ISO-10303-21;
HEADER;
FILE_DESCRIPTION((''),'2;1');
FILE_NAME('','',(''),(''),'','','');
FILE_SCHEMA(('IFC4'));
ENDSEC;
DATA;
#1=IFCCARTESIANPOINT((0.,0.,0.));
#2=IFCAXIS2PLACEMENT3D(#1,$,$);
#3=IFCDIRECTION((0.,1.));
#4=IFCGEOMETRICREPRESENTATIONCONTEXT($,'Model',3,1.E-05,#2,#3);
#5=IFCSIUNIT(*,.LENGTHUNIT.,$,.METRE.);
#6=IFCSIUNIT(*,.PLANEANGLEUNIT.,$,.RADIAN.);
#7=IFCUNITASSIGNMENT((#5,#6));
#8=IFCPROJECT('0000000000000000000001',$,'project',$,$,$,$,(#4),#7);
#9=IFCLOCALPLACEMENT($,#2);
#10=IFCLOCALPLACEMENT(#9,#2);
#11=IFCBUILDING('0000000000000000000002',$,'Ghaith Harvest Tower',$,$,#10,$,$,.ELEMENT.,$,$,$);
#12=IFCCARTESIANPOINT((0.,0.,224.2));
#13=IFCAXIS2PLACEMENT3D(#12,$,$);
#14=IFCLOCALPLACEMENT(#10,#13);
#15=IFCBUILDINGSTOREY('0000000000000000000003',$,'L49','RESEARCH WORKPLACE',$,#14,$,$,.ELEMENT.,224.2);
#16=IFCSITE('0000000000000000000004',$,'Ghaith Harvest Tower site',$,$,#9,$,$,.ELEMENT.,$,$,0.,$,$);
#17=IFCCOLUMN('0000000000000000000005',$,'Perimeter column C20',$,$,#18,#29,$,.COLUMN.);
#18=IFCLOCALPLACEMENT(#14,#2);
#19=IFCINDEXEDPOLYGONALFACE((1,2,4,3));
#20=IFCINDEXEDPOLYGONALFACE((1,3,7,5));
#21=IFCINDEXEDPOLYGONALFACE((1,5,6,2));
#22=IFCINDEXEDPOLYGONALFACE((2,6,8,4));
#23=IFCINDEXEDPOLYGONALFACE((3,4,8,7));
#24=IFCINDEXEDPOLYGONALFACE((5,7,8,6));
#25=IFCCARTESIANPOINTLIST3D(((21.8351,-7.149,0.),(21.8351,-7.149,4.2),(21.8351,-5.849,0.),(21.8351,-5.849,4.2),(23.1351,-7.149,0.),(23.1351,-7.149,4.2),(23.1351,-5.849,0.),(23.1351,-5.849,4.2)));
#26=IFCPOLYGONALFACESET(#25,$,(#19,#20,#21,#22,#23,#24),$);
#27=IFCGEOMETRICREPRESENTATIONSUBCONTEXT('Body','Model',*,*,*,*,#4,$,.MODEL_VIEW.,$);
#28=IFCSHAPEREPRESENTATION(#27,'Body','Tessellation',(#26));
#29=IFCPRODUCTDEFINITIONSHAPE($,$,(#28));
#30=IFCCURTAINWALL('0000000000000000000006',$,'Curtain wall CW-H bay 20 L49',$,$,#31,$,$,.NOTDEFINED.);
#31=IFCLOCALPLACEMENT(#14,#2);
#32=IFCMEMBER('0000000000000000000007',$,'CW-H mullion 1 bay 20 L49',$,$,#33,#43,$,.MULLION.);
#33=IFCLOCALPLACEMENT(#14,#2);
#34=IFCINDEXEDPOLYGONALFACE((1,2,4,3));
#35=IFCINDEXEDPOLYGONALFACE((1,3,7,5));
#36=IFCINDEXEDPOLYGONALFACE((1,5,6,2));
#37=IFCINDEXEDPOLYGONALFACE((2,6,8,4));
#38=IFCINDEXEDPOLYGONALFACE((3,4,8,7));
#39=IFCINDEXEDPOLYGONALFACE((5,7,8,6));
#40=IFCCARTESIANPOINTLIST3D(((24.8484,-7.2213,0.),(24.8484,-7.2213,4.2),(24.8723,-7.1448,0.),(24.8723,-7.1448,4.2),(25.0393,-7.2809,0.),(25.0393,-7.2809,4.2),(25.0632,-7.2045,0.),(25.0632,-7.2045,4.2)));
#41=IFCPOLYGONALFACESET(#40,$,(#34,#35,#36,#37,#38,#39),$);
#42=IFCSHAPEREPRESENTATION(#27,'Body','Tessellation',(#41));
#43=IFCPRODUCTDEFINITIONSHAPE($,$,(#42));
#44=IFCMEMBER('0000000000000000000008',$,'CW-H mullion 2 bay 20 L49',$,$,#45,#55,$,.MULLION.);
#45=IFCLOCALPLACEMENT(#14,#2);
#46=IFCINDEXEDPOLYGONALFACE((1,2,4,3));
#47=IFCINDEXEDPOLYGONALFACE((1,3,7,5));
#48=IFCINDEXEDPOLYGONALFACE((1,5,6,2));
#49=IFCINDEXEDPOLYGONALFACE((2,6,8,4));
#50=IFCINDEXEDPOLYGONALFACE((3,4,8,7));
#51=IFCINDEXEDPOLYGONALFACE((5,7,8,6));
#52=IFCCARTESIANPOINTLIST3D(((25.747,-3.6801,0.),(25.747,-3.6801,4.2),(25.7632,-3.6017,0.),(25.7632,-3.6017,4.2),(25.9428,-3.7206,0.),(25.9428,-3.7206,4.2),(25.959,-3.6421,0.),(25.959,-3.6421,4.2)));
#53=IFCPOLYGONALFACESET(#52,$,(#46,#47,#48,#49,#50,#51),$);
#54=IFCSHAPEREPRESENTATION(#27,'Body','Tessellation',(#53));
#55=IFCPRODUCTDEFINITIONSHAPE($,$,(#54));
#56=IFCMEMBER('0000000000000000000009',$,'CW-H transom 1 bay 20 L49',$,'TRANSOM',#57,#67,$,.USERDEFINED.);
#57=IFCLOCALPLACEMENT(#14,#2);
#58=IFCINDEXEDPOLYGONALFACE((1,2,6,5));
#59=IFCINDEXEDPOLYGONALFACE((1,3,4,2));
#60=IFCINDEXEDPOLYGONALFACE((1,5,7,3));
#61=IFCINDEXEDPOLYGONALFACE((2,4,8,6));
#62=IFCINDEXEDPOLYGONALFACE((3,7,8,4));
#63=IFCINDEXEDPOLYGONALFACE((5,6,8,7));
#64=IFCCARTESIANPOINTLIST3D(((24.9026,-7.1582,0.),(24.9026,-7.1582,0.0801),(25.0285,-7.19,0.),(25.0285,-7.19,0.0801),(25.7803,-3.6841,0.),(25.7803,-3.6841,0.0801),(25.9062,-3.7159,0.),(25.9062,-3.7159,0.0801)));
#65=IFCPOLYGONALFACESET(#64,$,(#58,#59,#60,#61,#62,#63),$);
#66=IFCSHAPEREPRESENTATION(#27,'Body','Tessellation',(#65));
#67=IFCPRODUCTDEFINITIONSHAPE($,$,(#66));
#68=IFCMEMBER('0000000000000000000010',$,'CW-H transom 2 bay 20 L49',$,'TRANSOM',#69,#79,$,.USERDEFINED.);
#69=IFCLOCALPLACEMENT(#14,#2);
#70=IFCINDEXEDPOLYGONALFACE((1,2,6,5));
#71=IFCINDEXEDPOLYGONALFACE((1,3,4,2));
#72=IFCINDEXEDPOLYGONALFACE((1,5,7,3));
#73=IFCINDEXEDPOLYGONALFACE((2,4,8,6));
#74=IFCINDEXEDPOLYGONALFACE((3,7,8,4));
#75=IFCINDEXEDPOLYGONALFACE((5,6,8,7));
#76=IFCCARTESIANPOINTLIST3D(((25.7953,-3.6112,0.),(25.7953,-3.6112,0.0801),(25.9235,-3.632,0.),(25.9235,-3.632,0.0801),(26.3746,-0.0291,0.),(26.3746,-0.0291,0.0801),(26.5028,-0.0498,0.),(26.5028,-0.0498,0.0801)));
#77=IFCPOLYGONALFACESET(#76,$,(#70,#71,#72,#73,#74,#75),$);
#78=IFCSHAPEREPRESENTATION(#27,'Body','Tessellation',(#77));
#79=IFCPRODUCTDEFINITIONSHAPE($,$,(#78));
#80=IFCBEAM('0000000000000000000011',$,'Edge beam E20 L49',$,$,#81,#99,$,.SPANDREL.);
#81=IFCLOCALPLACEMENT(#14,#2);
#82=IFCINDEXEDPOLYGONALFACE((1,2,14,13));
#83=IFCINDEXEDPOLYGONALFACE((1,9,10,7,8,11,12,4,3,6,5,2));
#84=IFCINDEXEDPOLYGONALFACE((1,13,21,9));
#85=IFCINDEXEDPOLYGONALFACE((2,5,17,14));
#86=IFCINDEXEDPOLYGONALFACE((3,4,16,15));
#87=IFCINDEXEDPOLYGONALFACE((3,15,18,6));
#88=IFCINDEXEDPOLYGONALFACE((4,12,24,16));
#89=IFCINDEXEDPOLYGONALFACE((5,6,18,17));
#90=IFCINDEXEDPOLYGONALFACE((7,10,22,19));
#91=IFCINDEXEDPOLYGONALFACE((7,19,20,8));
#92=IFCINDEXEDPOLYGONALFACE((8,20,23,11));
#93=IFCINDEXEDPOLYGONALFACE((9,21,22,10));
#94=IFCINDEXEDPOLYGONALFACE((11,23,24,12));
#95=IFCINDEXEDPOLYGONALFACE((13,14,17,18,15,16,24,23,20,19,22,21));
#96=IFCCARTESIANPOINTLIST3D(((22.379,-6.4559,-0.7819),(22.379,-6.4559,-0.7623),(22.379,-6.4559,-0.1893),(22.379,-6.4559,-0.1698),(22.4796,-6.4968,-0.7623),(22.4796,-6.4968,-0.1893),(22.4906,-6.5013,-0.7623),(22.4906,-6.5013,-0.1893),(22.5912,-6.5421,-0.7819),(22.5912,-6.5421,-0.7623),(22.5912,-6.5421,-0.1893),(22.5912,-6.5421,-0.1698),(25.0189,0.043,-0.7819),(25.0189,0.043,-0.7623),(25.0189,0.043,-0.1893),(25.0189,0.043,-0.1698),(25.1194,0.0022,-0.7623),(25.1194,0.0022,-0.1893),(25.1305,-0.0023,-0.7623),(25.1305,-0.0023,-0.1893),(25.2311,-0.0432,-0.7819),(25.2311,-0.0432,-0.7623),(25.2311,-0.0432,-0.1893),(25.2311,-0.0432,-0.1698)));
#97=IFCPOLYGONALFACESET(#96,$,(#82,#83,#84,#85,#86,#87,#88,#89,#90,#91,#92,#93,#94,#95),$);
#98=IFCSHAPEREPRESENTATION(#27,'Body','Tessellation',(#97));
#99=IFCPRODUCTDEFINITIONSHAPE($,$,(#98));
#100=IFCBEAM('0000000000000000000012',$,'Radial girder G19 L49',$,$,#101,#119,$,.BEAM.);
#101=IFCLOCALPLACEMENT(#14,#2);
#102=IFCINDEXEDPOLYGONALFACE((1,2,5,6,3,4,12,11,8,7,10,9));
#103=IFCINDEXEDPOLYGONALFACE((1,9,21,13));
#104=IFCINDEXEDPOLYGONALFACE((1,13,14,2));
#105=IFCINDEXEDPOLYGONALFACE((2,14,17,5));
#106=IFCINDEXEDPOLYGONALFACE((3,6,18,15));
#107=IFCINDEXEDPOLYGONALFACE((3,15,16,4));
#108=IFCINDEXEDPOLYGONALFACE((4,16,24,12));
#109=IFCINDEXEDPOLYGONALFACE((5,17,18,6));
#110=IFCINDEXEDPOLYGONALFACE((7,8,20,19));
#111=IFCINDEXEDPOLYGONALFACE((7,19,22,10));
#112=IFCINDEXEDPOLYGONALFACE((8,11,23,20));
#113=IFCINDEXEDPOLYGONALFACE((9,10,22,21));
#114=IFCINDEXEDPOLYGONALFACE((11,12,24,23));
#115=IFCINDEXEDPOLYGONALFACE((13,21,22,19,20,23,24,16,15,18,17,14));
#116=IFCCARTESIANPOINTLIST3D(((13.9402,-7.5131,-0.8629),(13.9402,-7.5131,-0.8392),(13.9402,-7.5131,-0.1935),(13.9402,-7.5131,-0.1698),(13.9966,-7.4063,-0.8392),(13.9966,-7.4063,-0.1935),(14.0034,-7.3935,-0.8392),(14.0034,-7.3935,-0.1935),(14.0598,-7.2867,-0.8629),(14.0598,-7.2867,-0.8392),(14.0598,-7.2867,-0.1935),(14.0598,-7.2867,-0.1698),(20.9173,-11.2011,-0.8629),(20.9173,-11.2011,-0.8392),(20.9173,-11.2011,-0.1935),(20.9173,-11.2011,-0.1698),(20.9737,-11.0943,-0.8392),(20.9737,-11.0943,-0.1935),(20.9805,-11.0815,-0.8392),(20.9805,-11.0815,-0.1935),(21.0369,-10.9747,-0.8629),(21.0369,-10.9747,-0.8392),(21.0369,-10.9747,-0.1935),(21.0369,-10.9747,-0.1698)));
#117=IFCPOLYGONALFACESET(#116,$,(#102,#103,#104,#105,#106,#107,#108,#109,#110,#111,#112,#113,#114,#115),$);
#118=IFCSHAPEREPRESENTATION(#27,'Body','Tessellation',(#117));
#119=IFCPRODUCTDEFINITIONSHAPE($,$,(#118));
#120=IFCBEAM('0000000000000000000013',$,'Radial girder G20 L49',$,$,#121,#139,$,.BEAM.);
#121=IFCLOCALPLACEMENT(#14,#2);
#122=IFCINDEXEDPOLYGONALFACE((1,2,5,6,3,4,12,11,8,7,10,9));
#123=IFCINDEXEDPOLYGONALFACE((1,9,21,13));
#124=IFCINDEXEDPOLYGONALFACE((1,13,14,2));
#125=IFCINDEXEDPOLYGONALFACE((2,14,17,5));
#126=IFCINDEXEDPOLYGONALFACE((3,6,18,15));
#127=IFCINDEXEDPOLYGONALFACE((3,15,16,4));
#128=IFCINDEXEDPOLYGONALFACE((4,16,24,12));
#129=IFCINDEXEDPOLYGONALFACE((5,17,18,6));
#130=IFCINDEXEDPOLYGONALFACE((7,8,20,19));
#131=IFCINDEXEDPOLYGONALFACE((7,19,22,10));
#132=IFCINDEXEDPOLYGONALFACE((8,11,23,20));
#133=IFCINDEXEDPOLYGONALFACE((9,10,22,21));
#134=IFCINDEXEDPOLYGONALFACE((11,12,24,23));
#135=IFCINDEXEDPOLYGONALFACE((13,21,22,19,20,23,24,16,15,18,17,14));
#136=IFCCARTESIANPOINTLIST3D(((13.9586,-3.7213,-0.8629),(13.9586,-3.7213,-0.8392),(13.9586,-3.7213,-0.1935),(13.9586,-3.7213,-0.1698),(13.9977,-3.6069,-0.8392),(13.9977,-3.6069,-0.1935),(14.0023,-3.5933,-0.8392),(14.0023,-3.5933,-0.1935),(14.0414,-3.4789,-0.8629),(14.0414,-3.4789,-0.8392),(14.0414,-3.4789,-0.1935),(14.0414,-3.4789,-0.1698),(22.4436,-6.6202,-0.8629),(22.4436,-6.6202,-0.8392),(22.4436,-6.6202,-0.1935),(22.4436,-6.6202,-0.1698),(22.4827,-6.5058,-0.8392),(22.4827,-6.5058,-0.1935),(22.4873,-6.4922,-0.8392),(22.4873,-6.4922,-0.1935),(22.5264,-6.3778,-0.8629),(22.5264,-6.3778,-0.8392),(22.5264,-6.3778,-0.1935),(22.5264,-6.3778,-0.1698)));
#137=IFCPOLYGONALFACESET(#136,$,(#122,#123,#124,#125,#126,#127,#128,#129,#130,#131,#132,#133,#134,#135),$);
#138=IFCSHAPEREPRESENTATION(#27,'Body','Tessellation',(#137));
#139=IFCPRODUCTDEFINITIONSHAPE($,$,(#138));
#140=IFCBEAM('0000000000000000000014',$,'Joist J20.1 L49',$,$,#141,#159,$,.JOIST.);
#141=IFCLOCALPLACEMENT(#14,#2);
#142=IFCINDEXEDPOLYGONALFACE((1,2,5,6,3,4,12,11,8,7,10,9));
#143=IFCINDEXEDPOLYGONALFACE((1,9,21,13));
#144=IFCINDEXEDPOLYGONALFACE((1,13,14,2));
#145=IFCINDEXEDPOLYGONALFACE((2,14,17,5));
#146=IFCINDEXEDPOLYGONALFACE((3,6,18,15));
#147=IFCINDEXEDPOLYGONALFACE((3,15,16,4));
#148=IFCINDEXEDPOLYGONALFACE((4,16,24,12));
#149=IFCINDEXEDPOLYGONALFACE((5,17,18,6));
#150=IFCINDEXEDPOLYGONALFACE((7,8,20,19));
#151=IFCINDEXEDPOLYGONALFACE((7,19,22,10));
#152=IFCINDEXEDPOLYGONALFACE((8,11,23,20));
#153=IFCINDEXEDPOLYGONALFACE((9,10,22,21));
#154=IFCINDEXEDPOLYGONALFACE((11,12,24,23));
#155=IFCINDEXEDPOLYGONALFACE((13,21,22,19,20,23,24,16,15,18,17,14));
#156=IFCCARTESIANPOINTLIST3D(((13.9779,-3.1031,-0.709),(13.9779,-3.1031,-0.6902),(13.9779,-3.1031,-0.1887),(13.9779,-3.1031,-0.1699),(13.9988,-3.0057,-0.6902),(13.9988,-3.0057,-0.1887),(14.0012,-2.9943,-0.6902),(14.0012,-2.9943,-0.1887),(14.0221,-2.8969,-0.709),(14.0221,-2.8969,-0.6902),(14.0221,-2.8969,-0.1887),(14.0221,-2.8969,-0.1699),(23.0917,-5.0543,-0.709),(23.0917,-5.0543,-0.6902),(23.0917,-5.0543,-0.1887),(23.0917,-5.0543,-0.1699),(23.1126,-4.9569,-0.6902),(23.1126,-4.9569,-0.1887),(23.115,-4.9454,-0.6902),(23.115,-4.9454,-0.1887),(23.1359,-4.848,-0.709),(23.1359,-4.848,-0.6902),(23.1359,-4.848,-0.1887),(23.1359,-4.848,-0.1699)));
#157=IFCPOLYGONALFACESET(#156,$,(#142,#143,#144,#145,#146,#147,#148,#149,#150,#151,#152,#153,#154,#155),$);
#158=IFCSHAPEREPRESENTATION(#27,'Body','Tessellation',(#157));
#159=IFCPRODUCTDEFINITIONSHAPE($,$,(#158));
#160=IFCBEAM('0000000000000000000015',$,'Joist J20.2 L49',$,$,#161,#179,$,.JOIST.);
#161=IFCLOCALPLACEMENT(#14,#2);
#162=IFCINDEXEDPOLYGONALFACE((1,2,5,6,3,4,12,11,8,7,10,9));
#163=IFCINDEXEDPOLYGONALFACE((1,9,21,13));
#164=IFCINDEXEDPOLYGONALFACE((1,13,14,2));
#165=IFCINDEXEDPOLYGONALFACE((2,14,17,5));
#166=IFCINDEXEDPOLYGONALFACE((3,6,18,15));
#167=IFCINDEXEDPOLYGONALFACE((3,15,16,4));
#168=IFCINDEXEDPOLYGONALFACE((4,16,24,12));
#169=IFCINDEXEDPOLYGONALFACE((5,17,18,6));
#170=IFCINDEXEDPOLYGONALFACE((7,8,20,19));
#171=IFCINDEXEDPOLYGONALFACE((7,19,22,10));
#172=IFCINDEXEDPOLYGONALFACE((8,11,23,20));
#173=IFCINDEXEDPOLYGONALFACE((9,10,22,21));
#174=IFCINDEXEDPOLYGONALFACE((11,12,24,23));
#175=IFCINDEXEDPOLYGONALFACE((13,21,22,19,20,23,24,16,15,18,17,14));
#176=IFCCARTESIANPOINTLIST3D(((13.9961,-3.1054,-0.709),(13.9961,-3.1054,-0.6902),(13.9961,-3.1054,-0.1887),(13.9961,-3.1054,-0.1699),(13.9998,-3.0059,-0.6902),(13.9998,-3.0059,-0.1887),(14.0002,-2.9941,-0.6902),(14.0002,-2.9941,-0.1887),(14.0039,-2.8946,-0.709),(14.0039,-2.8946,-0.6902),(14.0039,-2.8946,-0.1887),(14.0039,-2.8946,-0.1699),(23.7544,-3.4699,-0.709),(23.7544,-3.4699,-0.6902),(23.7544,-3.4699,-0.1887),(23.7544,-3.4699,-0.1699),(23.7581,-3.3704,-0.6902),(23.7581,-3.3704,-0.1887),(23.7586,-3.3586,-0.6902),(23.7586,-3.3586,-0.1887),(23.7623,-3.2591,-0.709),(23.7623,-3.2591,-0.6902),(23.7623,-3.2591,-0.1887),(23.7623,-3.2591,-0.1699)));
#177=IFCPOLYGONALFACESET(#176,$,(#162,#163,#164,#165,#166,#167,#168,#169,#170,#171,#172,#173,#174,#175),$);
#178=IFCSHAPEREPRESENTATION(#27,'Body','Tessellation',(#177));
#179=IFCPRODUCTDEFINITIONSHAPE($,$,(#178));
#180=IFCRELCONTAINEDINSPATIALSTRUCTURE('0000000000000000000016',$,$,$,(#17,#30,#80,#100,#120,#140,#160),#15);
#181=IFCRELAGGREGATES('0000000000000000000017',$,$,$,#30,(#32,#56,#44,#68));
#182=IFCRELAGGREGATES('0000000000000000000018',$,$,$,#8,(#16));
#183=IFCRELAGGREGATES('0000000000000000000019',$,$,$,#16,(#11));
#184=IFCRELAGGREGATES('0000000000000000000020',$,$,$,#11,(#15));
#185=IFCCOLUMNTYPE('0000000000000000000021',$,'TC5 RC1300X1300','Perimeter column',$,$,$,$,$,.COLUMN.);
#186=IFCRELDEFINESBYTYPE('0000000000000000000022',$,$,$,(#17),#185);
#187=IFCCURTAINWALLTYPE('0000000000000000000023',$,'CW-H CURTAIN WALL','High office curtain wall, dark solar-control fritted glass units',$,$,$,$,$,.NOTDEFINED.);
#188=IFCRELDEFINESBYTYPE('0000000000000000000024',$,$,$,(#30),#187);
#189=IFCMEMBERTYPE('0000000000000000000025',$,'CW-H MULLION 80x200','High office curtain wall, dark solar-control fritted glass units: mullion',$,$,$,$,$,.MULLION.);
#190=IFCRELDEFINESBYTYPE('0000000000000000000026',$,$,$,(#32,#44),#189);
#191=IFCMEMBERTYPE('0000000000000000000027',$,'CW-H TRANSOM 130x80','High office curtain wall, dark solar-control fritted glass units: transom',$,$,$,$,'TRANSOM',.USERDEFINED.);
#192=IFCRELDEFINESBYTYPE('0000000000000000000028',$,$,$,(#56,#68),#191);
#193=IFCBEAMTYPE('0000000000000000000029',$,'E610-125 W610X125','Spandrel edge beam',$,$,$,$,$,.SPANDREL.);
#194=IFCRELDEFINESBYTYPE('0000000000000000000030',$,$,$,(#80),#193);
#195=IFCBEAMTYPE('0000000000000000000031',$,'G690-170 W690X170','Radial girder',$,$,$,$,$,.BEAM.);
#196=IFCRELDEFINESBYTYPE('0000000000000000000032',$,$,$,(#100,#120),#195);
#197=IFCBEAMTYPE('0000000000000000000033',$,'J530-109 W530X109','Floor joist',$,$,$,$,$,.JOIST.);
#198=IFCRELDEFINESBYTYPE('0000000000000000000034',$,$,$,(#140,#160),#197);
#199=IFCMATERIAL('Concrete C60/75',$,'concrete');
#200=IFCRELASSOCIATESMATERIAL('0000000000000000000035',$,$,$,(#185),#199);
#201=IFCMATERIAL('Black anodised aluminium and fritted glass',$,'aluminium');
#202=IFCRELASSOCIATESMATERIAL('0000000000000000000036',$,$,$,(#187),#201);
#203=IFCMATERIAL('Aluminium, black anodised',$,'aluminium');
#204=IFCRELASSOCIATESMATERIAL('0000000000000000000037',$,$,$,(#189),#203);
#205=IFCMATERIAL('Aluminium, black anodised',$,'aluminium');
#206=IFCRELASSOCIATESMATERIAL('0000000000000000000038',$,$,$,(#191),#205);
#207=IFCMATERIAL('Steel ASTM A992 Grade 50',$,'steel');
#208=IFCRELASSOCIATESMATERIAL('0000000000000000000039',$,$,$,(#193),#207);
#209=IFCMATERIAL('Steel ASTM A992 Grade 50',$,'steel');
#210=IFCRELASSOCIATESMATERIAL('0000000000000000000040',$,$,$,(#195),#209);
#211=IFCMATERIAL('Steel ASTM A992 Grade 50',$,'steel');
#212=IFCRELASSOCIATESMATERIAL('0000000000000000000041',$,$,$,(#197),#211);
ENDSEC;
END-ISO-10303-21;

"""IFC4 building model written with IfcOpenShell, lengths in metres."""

from ifc_helpers import new_model, si_unit, direction, frame, origin, origin_2d, place, context, subcontext, project, spatial, rectangle, i_section, extrude, material, material_profile, profile_set, type_object, element, aggregate, save


model = new_model("IFC4")

# Units and contexts
model_context = context("Model", 3, precision=1e-05, world=origin(), true_north=direction((0.0, 1.0)))
body_context = subcontext(model_context, "Body", "Model", "MODEL_VIEW")
ifc_project = project(units=[si_unit("LENGTHUNIT", "METRE"), si_unit("PLANEANGLEUNIT", "RADIAN")], contexts=[model_context])

# Site, building, storey
site_placement = place(None, origin())
site = spatial("IfcSite", under=ifc_project, at=site_placement, Name="Ghaith Harvest Tower site", CompositionType="ELEMENT", RefElevation=0.0)
building_placement = place(site_placement, origin())
building = spatial("IfcBuilding", under=site, at=building_placement, Name="Ghaith Harvest Tower", CompositionType="ELEMENT")
storey_placement = place(building_placement, frame((0.0, 0.0, 224.2)))
storey = spatial("IfcBuildingStorey", under=building, at=storey_placement, Name="L49", Description="RESEARCH WORKPLACE", CompositionType="ELEMENT", Elevation=224.2)

# Column
ifc_material_1 = material(Name="Concrete C60/75", Category="concrete")
ifc_material_profile_1 = material_profile(ifc_material_1, rectangle(XDim=1.3, YDim=1.3, at=origin_2d()), Name="RC1300X1300")
ifc_profile_set_1 = profile_set([ifc_material_profile_1], Name="Concrete C60/75")
column_type = type_object("IfcColumnType", Name="TC5 RC1300X1300", Description="Perimeter column", PredefinedType="COLUMN", material=ifc_profile_set_1)
column_placement = place(storey_placement, frame((22.4851, -6.499, 0.0), z_axis=(0.0, 0.0, 1.0), x_axis=(1.0, 0.0, 0.0)))
element("IfcColumn", 1, at=column_placement, inside=storey, type_object=column_type, Name="Perimeter column C20", PredefinedType="COLUMN", context=body_context, shape_type="SweptSolid", body=[
    extrude(rectangle(XDim=1.3, YDim=1.3, at=origin_2d()), origin(), (0.0, 0.0, 1.0), 4.2),
])

# Curtain wall, members
ifc_material_2 = material(Name="Black anodised aluminium and fritted glass", Category="aluminium")
curtain_wall_type = type_object("IfcCurtainWallType", Name="CW-H CURTAIN WALL", Description="High office curtain wall, dark solar-control fritted glass units", PredefinedType="NOTDEFINED", material=ifc_material_2)
curtain_wall_1_placement = place(storey_placement, origin())
curtain_wall_1 = element("IfcCurtainWall", 2, at=curtain_wall_1_placement, inside=storey, type_object=curtain_wall_type, Name="Curtain wall CW-H bay 20 L49", PredefinedType="NOTDEFINED")
ifc_material_3 = material(Name="Aluminium, black anodised", Category="aluminium")
ifc_material_profile_2 = material_profile(ifc_material_3, rectangle(XDim=0.0801, YDim=0.2, at=origin_2d()), Name="CW-H MULLION 80x200")
ifc_profile_set_2 = profile_set([ifc_material_profile_2], Name="Aluminium, black anodised")
member_type_1 = type_object("IfcMemberType", Name="CW-H MULLION 80x200", Description="High office curtain wall, dark solar-control fritted glass units: mullion", PredefinedType="MULLION", material=ifc_profile_set_2)
member_1_placement = place(storey_placement, frame((24.9558, -7.2129, 0.0), z_axis=(0.0, 0.0, 1.0), x_axis=(0.298442, 0.954428, 0.0)))
member_1 = element("IfcMember", 3, at=member_1_placement, type_object=member_type_1, Name="CW-H mullion 1 bay 20 L49", PredefinedType="MULLION", context=body_context, shape_type="SweptSolid", body=[
    extrude(rectangle(XDim=0.0801, YDim=0.2, at=origin_2d()), origin(), (0.0, 0.0, 1.0), 4.2),
])
member_2_placement = place(storey_placement, frame((25.853, -3.6611, 0.0), z_axis=(0.0, 0.0, 1.0), x_axis=(0.202192, 0.979346, 0.0)))
member_2 = element("IfcMember", 4, at=member_2_placement, type_object=member_type_1, Name="CW-H mullion 2 bay 20 L49", PredefinedType="MULLION", context=body_context, shape_type="SweptSolid", body=[
    extrude(rectangle(XDim=0.0801, YDim=0.2, at=origin_2d()), origin(), (0.0, 0.0, 1.0), 4.2),
])
ifc_material_4 = material(Name="Aluminium, black anodised", Category="aluminium")
ifc_material_profile_3 = material_profile(ifc_material_4, rectangle(XDim=0.1299, YDim=0.0801, at=origin_2d()), Name="CW-H TRANSOM 130x80")
ifc_profile_set_3 = profile_set([ifc_material_profile_3], Name="Aluminium, black anodised")
member_type_2 = type_object("IfcMemberType", Name="CW-H TRANSOM 130x80", Description="High office curtain wall, dark solar-control fritted glass units: transom", ElementType="TRANSOM", PredefinedType="USERDEFINED", material=ifc_profile_set_3)
member_3_placement = place(storey_placement, frame((24.9656, -7.1741, 0.04), z_axis=(0.24494, 0.969538, 0.0), x_axis=(-0.969538, 0.24494, 0.0)))
member_3 = element("IfcMember", 5, at=member_3_placement, type_object=member_type_2, Name="CW-H transom 1 bay 20 L49", ObjectType="TRANSOM", PredefinedType="USERDEFINED", context=body_context, shape_type="SweptSolid", body=[
    extrude(rectangle(XDim=0.1299, YDim=0.0801, at=origin_2d()), origin(), (0.0, 0.0, 1.0), 3.5833),
])
member_4_placement = place(storey_placement, frame((25.8594, -3.6216, 0.04), z_axis=(0.159662, 0.987172, 0.0), x_axis=(-0.987172, 0.159662, 0.0)))
member_4 = element("IfcMember", 6, at=member_4_placement, type_object=member_type_2, Name="CW-H transom 2 bay 20 L49", ObjectType="TRANSOM", PredefinedType="USERDEFINED", context=body_context, shape_type="SweptSolid", body=[
    extrude(rectangle(XDim=0.1299, YDim=0.0801, at=origin_2d()), origin(), (0.0, 0.0, 1.0), 3.6287),
])

# Beams
ifc_material_5 = material(Name="Steel ASTM A992 Grade 50", Category="steel")
ifc_material_profile_4 = material_profile(ifc_material_5, i_section(OverallWidth=0.229, OverallDepth=0.6121, WebThickness=0.012, FlangeThickness=0.0195, at=origin_2d()), Name="W610X125")
ifc_profile_set_4 = profile_set([ifc_material_profile_4], Name="Steel ASTM A992 Grade 50")
beam_type_1 = type_object("IfcBeamType", Name="E610-125 W610X125", Description="Spandrel edge beam", PredefinedType="SPANDREL", material=ifc_profile_set_4)
beam_1_placement = place(storey_placement, frame((22.4851, -6.499, -0.4758), z_axis=(0.376336, 0.926483, 0.0), x_axis=(-0.926483, 0.376336, 0.0)))
element("IfcBeam", 7, at=beam_1_placement, inside=storey, type_object=beam_type_1, Name="Edge beam E20 L49", PredefinedType="SPANDREL", context=body_context, shape_type="SweptSolid", body=[
    extrude(i_section(OverallWidth=0.229, OverallDepth=0.6121, WebThickness=0.012, FlangeThickness=0.0195, at=origin_2d()), origin(), (0.0, 0.0, 1.0), 7.0146),
])
ifc_material_6 = material(Name="Steel ASTM A992 Grade 50", Category="steel")
ifc_material_profile_5 = material_profile(ifc_material_6, i_section(OverallWidth=0.2561, OverallDepth=0.6931, WebThickness=0.0144, FlangeThickness=0.0237, at=origin_2d()), Name="W690X170")
ifc_profile_set_5 = profile_set([ifc_material_profile_5], Name="Steel ASTM A992 Grade 50")
beam_type_2 = type_object("IfcBeamType", Name="G690-170 W690X170", Description="Radial girder", PredefinedType="BEAM", material=ifc_profile_set_5)
beam_2_placement = place(storey_placement, frame((14.0, -7.3999, -0.5164), z_axis=(0.884089, -0.467319, 0.0), x_axis=(0.467319, 0.884089, 0.0)))
element("IfcBeam", 8, at=beam_2_placement, inside=storey, type_object=beam_type_2, Name="Radial girder G19 L49", PredefinedType="BEAM", context=body_context, shape_type="SweptSolid", body=[
    extrude(i_section(OverallWidth=0.2561, OverallDepth=0.6931, WebThickness=0.0144, FlangeThickness=0.0237, at=origin_2d()), origin(), (0.0, 0.0, 1.0), 7.8918),
])
beam_3_placement = place(storey_placement, frame((14.0, -3.6001, -0.5164), z_axis=(0.946296, -0.323301, 0.0), x_axis=(0.323301, 0.946296, 0.0)))
element("IfcBeam", 9, at=beam_3_placement, inside=storey, type_object=beam_type_2, Name="Radial girder G20 L49", PredefinedType="BEAM", context=body_context, shape_type="SweptSolid", body=[
    extrude(i_section(OverallWidth=0.2561, OverallDepth=0.6931, WebThickness=0.0144, FlangeThickness=0.0237, at=origin_2d()), origin(), (0.0, 0.0, 1.0), 8.9666),
])
ifc_material_7 = material(Name="Steel ASTM A992 Grade 50", Category="steel")
ifc_material_profile_6 = material_profile(ifc_material_7, i_section(OverallWidth=0.2109, OverallDepth=0.5391, WebThickness=0.0117, FlangeThickness=0.0188, at=origin_2d()), Name="W530X109")
ifc_profile_set_6 = profile_set([ifc_material_profile_6], Name="Steel ASTM A992 Grade 50")
beam_type_3 = type_object("IfcBeamType", Name="J530-109 W530X109", Description="Floor joist", PredefinedType="JOIST", material=ifc_profile_set_6)
beam_4_placement = place(storey_placement, frame((14.0, -3.0, -0.4395), z_axis=(0.977841, -0.209347, 0.0), x_axis=(0.209347, 0.977841, 0.0)))
element("IfcBeam", 10, at=beam_4_placement, inside=storey, type_object=beam_type_3, Name="Joist J20.1 L49", PredefinedType="JOIST", context=body_context, shape_type="SweptSolid", body=[
    extrude(i_section(OverallWidth=0.2109, OverallDepth=0.5391, WebThickness=0.0117, FlangeThickness=0.0188, at=origin_2d()), origin(), (0.0, 0.0, 1.0), 9.3203),
])
beam_5_placement = place(storey_placement, frame((14.0, -3.0, -0.4395), z_axis=(0.999303, -0.037327, 0.0), x_axis=(0.037327, 0.999303, 0.0)))
element("IfcBeam", 11, at=beam_5_placement, inside=storey, type_object=beam_type_3, Name="Joist J20.2 L49", PredefinedType="JOIST", context=body_context, shape_type="SweptSolid", body=[
    extrude(i_section(OverallWidth=0.2109, OverallDepth=0.5391, WebThickness=0.0117, FlangeThickness=0.0188, at=origin_2d()), origin(), (0.0, 0.0, 1.0), 9.7651),
])

aggregate(curtain_wall_1, [member_1, member_3, member_2, member_4])

save(model, "model.ifc")
